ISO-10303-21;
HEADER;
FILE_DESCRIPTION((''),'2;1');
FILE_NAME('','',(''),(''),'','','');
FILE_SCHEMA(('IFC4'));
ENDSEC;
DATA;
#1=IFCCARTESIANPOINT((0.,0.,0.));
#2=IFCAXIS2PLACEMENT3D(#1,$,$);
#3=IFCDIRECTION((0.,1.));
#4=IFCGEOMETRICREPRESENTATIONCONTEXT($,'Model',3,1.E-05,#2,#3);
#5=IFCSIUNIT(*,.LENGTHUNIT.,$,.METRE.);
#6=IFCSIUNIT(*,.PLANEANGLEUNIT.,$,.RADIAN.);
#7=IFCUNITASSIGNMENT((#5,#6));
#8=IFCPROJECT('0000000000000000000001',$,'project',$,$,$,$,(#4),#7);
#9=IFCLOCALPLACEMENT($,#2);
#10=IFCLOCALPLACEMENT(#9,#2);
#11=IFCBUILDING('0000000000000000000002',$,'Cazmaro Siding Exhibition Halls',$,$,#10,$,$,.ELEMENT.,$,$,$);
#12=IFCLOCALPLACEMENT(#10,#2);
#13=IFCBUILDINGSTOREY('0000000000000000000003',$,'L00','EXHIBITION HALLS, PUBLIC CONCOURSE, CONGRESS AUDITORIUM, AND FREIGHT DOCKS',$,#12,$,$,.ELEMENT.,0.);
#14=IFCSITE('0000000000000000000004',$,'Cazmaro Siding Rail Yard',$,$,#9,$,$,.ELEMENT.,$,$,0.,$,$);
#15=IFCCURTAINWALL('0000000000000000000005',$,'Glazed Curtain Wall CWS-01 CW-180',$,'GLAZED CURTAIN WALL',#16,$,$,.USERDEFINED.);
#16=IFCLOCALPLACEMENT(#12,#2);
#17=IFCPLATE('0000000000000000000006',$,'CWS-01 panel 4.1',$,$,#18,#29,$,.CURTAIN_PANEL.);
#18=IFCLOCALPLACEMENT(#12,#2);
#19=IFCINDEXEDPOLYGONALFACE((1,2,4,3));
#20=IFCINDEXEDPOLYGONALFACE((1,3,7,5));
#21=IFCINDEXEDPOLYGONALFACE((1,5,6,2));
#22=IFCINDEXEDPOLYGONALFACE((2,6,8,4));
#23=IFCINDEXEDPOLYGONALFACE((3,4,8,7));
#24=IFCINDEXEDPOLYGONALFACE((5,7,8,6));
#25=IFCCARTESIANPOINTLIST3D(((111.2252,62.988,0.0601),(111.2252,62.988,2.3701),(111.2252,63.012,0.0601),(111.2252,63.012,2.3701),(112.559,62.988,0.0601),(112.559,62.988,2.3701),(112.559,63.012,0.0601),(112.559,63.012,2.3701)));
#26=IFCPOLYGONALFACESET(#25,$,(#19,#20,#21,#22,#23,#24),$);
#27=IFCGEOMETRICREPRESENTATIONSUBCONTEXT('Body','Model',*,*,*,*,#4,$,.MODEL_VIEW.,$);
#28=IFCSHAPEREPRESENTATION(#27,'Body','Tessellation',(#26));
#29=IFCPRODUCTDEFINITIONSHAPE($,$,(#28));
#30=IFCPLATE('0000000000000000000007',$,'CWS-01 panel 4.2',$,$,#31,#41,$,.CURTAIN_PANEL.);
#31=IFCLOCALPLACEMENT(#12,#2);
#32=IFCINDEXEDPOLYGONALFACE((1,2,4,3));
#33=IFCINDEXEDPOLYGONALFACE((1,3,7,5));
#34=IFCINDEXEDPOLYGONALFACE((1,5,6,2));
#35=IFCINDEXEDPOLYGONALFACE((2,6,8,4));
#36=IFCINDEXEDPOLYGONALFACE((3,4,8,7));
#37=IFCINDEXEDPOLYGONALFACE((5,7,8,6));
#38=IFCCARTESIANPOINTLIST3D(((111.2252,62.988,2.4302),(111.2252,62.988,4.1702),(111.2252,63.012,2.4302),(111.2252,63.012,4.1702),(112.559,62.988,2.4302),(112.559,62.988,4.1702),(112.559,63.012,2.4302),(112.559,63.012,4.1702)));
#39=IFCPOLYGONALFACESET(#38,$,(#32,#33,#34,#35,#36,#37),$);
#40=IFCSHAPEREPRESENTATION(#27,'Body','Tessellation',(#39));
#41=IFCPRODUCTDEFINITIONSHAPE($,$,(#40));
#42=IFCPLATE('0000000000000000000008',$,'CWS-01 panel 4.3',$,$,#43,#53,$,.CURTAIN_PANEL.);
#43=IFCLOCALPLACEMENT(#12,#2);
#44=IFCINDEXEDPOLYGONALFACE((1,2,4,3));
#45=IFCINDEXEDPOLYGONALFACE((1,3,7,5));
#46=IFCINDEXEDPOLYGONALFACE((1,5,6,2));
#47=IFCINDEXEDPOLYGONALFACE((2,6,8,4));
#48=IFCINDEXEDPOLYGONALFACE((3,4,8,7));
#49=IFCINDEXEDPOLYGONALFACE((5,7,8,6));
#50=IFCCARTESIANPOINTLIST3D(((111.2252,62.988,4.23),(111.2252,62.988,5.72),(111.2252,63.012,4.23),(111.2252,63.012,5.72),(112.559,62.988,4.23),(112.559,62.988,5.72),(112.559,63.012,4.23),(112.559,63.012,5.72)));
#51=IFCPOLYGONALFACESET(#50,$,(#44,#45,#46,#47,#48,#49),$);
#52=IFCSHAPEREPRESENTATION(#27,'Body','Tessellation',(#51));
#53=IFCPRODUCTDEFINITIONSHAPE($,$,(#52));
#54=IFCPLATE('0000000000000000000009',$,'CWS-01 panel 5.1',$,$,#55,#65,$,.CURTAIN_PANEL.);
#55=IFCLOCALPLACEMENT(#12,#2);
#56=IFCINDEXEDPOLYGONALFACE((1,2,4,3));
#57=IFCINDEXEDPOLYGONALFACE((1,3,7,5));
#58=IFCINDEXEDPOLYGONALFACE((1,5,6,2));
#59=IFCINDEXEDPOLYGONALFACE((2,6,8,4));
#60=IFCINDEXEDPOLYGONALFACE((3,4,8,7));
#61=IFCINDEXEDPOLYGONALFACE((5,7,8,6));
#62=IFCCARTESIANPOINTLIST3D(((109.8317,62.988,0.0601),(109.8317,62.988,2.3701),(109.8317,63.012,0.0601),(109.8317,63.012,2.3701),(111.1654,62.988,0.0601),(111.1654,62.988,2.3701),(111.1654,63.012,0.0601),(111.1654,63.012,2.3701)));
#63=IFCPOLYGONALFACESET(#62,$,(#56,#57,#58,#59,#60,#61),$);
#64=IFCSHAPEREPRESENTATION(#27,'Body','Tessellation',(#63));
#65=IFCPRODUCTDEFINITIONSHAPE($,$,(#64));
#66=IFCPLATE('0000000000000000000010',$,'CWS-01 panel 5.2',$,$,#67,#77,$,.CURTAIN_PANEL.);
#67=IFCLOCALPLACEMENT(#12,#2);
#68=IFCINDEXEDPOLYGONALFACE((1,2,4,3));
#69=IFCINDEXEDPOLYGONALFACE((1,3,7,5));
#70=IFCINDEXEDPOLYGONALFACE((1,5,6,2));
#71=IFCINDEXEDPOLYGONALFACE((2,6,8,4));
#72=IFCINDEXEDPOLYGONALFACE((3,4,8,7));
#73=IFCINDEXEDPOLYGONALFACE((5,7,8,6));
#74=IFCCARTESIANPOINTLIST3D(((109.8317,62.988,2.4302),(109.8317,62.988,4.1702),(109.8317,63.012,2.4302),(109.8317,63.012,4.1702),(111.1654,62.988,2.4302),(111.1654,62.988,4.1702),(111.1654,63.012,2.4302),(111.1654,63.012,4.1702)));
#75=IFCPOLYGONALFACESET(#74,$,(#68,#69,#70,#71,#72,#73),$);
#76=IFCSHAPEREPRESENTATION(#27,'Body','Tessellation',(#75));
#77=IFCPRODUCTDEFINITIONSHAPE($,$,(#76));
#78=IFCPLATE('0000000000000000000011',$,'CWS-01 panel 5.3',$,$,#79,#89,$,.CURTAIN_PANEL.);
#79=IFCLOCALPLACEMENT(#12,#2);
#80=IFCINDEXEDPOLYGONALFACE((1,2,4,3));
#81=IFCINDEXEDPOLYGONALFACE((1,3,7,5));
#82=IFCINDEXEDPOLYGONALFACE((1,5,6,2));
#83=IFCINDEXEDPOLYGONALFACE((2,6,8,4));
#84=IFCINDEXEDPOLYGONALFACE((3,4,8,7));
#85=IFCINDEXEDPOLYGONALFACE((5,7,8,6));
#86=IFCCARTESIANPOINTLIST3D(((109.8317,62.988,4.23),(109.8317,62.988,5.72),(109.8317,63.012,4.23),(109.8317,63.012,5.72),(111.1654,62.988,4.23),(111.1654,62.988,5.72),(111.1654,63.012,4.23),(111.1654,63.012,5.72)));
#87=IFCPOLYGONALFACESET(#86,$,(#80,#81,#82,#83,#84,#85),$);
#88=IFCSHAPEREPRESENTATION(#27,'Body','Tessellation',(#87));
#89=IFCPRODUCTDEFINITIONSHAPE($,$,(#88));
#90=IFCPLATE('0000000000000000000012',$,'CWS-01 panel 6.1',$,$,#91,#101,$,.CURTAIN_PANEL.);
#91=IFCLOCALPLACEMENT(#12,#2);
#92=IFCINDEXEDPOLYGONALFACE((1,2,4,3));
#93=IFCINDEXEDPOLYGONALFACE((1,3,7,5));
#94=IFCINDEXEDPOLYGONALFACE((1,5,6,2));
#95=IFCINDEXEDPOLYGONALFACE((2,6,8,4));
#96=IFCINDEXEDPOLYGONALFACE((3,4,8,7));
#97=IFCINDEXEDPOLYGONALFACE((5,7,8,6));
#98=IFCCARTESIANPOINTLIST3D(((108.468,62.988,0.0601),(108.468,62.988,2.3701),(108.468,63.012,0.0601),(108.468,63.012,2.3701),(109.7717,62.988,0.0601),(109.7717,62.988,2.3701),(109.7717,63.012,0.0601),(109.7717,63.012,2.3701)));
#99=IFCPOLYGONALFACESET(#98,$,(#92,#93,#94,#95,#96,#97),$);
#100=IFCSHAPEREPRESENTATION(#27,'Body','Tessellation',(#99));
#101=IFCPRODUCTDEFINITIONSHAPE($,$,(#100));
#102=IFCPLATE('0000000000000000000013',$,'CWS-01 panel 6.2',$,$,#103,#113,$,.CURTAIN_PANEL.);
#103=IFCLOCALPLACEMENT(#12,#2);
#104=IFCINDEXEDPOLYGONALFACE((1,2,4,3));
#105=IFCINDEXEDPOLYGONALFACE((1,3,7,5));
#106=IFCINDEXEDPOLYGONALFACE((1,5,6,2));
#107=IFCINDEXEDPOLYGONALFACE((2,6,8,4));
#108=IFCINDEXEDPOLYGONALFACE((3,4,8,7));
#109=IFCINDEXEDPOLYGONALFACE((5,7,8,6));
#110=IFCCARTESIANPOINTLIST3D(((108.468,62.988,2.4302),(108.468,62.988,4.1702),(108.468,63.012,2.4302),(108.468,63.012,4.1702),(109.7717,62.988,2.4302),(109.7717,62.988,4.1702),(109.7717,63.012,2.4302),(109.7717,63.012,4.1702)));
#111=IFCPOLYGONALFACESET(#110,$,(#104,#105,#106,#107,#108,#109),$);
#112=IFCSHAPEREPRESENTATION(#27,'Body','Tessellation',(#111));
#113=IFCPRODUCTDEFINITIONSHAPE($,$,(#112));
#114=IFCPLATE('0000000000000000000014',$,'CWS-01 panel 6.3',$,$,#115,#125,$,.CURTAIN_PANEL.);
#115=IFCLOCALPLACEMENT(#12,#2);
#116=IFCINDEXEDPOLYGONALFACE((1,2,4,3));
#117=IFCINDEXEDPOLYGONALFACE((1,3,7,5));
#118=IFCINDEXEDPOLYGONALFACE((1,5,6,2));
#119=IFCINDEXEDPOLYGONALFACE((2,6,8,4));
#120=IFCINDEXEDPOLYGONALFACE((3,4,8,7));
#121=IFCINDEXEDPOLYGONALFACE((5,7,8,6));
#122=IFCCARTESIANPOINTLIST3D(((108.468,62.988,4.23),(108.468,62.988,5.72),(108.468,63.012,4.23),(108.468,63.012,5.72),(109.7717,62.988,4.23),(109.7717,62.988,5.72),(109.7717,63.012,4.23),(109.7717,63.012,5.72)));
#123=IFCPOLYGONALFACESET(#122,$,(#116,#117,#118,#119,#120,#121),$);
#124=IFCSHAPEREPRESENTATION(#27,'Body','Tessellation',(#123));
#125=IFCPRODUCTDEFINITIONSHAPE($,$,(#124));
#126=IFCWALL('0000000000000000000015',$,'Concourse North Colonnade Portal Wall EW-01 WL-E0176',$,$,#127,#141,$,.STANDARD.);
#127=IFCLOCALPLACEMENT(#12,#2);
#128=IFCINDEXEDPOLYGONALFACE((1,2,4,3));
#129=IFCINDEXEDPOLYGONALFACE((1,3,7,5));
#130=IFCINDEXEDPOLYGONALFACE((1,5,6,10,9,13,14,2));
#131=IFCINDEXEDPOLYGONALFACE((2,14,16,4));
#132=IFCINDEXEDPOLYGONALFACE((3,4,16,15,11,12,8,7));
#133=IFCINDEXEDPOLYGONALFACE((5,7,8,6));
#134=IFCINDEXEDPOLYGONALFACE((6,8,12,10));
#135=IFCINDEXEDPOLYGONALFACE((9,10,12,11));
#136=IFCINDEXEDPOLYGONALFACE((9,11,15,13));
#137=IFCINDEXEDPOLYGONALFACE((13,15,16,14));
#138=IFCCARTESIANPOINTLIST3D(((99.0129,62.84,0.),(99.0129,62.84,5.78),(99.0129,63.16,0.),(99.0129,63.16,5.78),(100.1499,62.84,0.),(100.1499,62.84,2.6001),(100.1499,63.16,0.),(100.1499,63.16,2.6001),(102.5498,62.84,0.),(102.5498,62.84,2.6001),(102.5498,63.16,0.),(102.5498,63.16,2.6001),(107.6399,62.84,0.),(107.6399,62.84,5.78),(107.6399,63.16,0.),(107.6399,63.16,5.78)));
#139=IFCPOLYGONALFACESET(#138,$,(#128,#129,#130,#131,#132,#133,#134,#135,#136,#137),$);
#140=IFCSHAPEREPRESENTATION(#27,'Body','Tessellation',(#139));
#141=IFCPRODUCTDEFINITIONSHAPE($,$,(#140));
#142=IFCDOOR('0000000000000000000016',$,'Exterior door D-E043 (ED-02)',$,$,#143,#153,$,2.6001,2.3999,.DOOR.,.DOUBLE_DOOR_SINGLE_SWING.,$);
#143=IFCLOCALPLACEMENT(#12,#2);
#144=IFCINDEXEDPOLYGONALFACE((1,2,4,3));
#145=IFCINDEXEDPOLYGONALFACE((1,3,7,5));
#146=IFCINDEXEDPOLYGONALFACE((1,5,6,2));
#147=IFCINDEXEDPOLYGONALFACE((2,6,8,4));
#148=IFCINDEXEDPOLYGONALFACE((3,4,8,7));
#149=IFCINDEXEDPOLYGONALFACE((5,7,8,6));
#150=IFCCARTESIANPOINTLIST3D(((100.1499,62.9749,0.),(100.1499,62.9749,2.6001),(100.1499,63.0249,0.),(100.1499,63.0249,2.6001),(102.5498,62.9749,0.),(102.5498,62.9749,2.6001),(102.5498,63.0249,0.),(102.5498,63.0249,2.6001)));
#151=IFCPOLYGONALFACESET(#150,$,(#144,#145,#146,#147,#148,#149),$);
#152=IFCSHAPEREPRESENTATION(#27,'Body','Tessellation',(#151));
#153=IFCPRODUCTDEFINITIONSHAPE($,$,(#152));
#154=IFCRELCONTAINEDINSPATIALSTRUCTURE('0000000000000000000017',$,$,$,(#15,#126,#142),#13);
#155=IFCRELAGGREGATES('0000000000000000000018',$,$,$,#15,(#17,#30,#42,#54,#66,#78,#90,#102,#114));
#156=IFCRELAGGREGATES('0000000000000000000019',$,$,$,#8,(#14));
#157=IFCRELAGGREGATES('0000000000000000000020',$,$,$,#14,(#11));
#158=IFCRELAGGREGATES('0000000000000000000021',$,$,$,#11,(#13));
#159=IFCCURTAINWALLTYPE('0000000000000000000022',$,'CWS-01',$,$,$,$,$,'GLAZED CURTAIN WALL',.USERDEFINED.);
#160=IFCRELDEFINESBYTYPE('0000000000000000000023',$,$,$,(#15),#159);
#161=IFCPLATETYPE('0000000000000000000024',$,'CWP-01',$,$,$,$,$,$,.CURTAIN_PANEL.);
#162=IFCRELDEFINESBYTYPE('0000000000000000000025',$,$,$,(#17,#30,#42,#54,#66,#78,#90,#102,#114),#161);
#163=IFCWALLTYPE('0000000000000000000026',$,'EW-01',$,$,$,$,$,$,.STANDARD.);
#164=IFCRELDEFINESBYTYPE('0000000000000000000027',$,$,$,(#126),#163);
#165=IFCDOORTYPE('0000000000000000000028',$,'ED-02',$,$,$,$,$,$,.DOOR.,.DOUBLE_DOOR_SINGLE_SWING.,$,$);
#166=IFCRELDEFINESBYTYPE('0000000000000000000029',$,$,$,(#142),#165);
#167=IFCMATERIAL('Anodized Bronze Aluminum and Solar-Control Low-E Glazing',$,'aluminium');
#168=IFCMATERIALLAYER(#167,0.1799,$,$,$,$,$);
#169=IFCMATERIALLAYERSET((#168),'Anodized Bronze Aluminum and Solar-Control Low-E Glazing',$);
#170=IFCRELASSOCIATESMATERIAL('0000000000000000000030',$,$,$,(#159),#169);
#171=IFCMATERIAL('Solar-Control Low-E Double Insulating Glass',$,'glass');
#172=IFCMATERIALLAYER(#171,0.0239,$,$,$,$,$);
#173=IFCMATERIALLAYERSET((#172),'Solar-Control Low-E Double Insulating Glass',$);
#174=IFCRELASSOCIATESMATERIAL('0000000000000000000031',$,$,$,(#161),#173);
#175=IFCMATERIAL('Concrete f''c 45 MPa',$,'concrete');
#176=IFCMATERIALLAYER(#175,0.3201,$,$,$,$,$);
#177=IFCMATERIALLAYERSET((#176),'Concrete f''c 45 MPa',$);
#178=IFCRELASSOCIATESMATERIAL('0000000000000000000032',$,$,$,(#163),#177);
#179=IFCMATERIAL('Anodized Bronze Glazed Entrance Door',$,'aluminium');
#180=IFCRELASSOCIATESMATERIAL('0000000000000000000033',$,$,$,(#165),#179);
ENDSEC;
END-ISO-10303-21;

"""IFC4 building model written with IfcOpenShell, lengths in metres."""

from ifc_helpers import new_model, si_unit, direction, frame, frame_2d, origin, origin_2d, place, context, subcontext, project, spatial, rectangle, extrude, material, layer, layer_set, type_object, element, fill, aggregate, save


model = new_model("IFC4")

# Units and contexts
model_context = context("Model", 3, precision=1e-05, world=origin(), true_north=direction((0.0, 1.0)))
body_context = subcontext(model_context, "Body", "Model", "MODEL_VIEW")
ifc_project = project(units=[si_unit("LENGTHUNIT", "METRE"), si_unit("PLANEANGLEUNIT", "RADIAN")], contexts=[model_context])

# Site, building, storey
site_placement = place(None, origin())
site = spatial("IfcSite", under=ifc_project, at=site_placement, Name="Cazmaro Siding Rail Yard", CompositionType="ELEMENT", RefElevation=0.0)
building_placement = place(site_placement, origin())
building = spatial("IfcBuilding", under=site, at=building_placement, Name="Cazmaro Siding Exhibition Halls", CompositionType="ELEMENT")
storey_placement = place(building_placement, origin())
storey = spatial("IfcBuildingStorey", under=building, at=storey_placement, Name="L00", Description="EXHIBITION HALLS, PUBLIC CONCOURSE, CONGRESS AUDITORIUM, AND FREIGHT DOCKS", CompositionType="ELEMENT", Elevation=0.0)

# Curtain wall, plates
ifc_material_1 = material(Name="Anodized Bronze Aluminum and Solar-Control Low-E Glazing", Category="aluminium")
ifc_layer_1 = layer(ifc_material_1, 0.1799)
ifc_layer_set_1 = layer_set([ifc_layer_1], Name="Anodized Bronze Aluminum and Solar-Control Low-E Glazing")
curtain_wall_type = type_object("IfcCurtainWallType", Name="CWS-01", ElementType="GLAZED CURTAIN WALL", PredefinedType="USERDEFINED", material=ifc_layer_set_1)
curtain_wall_placement = place(storey_placement, origin())
curtain_wall = element("IfcCurtainWall", 1, at=curtain_wall_placement, inside=storey, type_object=curtain_wall_type, Name="Glazed Curtain Wall CWS-01 CW-180", ObjectType="GLAZED CURTAIN WALL", PredefinedType="USERDEFINED")
ifc_material_2 = material(Name="Solar-Control Low-E Double Insulating Glass", Category="glass")
ifc_layer_2 = layer(ifc_material_2, 0.0239)
ifc_layer_set_2 = layer_set([ifc_layer_2], Name="Solar-Control Low-E Double Insulating Glass")
plate_type = type_object("IfcPlateType", Name="CWP-01", PredefinedType="CURTAIN_PANEL", material=ifc_layer_set_2)
plate_1_placement = place(storey_placement, frame((111.8921, 63.0, 0.0601), z_axis=(0.0, 0.0, 1.0), x_axis=(-1.0, 0.0, 0.0)))
plate_1 = element("IfcPlate", 2, at=plate_1_placement, type_object=plate_type, Name="CWS-01 panel 4.1", PredefinedType="CURTAIN_PANEL", context=body_context, shape_type="SweptSolid", body=[
    extrude(rectangle(XDim=1.3337, YDim=0.0239, at=origin_2d()), origin(), (0.0, 0.0, 1.0), 2.3101),
])
plate_2_placement = place(storey_placement, frame((111.8921, 63.0, 2.4302), z_axis=(0.0, 0.0, 1.0), x_axis=(-1.0, 0.0, 0.0)))
plate_2 = element("IfcPlate", 3, at=plate_2_placement, type_object=plate_type, Name="CWS-01 panel 4.2", PredefinedType="CURTAIN_PANEL", context=body_context, shape_type="SweptSolid", body=[
    extrude(rectangle(XDim=1.3337, YDim=0.0239, at=origin_2d()), origin(), (0.0, 0.0, 1.0), 1.74),
])
plate_3_placement = place(storey_placement, frame((111.8921, 63.0, 4.23), z_axis=(0.0, 0.0, 1.0), x_axis=(-1.0, 0.0, 0.0)))
plate_3 = element("IfcPlate", 4, at=plate_3_placement, type_object=plate_type, Name="CWS-01 panel 4.3", PredefinedType="CURTAIN_PANEL", context=body_context, shape_type="SweptSolid", body=[
    extrude(rectangle(XDim=1.3337, YDim=0.0239, at=origin_2d()), origin(), (0.0, 0.0, 1.0), 1.49),
])
plate_4_placement = place(storey_placement, frame((110.4985, 63.0, 0.0601), z_axis=(0.0, 0.0, 1.0), x_axis=(-1.0, 0.0, 0.0)))
plate_4 = element("IfcPlate", 5, at=plate_4_placement, type_object=plate_type, Name="CWS-01 panel 5.1", PredefinedType="CURTAIN_PANEL", context=body_context, shape_type="SweptSolid", body=[
    extrude(rectangle(XDim=1.3337, YDim=0.0239, at=origin_2d()), origin(), (0.0, 0.0, 1.0), 2.3101),
])
plate_5_placement = place(storey_placement, frame((110.4985, 63.0, 2.4302), z_axis=(0.0, 0.0, 1.0), x_axis=(-1.0, 0.0, 0.0)))
plate_5 = element("IfcPlate", 6, at=plate_5_placement, type_object=plate_type, Name="CWS-01 panel 5.2", PredefinedType="CURTAIN_PANEL", context=body_context, shape_type="SweptSolid", body=[
    extrude(rectangle(XDim=1.3337, YDim=0.0239, at=origin_2d()), origin(), (0.0, 0.0, 1.0), 1.74),
])
plate_6_placement = place(storey_placement, frame((110.4985, 63.0, 4.23), z_axis=(0.0, 0.0, 1.0), x_axis=(-1.0, 0.0, 0.0)))
plate_6 = element("IfcPlate", 7, at=plate_6_placement, type_object=plate_type, Name="CWS-01 panel 5.3", PredefinedType="CURTAIN_PANEL", context=body_context, shape_type="SweptSolid", body=[
    extrude(rectangle(XDim=1.3337, YDim=0.0239, at=origin_2d()), origin(), (0.0, 0.0, 1.0), 1.49),
])
plate_7_placement = place(storey_placement, frame((109.1199, 63.0, 0.0601), z_axis=(0.0, 0.0, 1.0), x_axis=(-1.0, 0.0, 0.0)))
plate_7 = element("IfcPlate", 8, at=plate_7_placement, type_object=plate_type, Name="CWS-01 panel 6.1", PredefinedType="CURTAIN_PANEL", context=body_context, shape_type="SweptSolid", body=[
    extrude(rectangle(XDim=1.3037, YDim=0.0239, at=origin_2d()), origin(), (0.0, 0.0, 1.0), 2.3101),
])
plate_8_placement = place(storey_placement, frame((109.1199, 63.0, 2.4302), z_axis=(0.0, 0.0, 1.0), x_axis=(-1.0, 0.0, 0.0)))
plate_8 = element("IfcPlate", 9, at=plate_8_placement, type_object=plate_type, Name="CWS-01 panel 6.2", PredefinedType="CURTAIN_PANEL", context=body_context, shape_type="SweptSolid", body=[
    extrude(rectangle(XDim=1.3037, YDim=0.0239, at=origin_2d()), origin(), (0.0, 0.0, 1.0), 1.74),
])
plate_9_placement = place(storey_placement, frame((109.1199, 63.0, 4.23), z_axis=(0.0, 0.0, 1.0), x_axis=(-1.0, 0.0, 0.0)))
plate_9 = element("IfcPlate", 10, at=plate_9_placement, type_object=plate_type, Name="CWS-01 panel 6.3", PredefinedType="CURTAIN_PANEL", context=body_context, shape_type="SweptSolid", body=[
    extrude(rectangle(XDim=1.3037, YDim=0.0239, at=origin_2d()), origin(), (0.0, 0.0, 1.0), 1.49),
])
aggregate(curtain_wall, [plate_1, plate_2, plate_3, plate_4, plate_5, plate_6, plate_7, plate_8, plate_9])

# Wall, opening, door
ifc_material_3 = material(Name="Concrete f'c 45 MPa", Category="concrete")
ifc_layer_3 = layer(ifc_material_3, 0.3201)
ifc_layer_set_3 = layer_set([ifc_layer_3], Name="Concrete f'c 45 MPa")
wall_type = type_object("IfcWallType", Name="EW-01", PredefinedType="STANDARD", material=ifc_layer_set_3)
wall_placement = place(storey_placement, frame((99.0129, 63.0, 0.0), z_axis=(0.0, 0.0, 1.0), x_axis=(1.0, 0.0, 0.0)))
wall = element("IfcWall", 11, at=wall_placement, inside=storey, type_object=wall_type, Name="Concourse North Colonnade Portal Wall EW-01 WL-E0176", PredefinedType="STANDARD", context=body_context, shape_type="SweptSolid", body=[
    extrude(rectangle(XDim=8.627, YDim=0.3201, at=frame_2d((4.3135, 0.0))), origin(), (0.0, 0.0, 1.0), 5.78),
])
opening_placement = place(wall_placement, frame((1.137, 0.0, 0.0)))
opening = element("IfcOpeningElement", 12, at=opening_placement, cuts=wall, PredefinedType="OPENING", context=body_context, shape_type="SweptSolid", body=[
    extrude(rectangle(XDim=2.3999, YDim=2.6001, at=frame_2d((1.2, 1.3))), frame((0.0, 0.1699, 0.0), z_axis=(0.0, -1.0, 0.0), x_axis=(1.0, 0.0, 0.0)), (0.0, 0.0, 1.0), 0.3401),
])
ifc_material_4 = material(Name="Anodized Bronze Glazed Entrance Door", Category="aluminium")
door_type = type_object("IfcDoorType", Name="ED-02", OperationType="DOUBLE_DOOR_SINGLE_SWING", PredefinedType="DOOR", material=ifc_material_4)
door_placement = place(opening_placement, origin())
door = element("IfcDoor", 13, at=door_placement, inside=storey, type_object=door_type, Name="Exterior door D-E043 (ED-02)", OperationType="DOUBLE_DOOR_SINGLE_SWING", OverallHeight=2.6001, OverallWidth=2.3999, PredefinedType="DOOR", context=body_context, shape_type="SweptSolid", body=[
    extrude(rectangle(XDim=2.3999, YDim=2.6001, at=frame_2d((1.2, 1.3))), frame((0.0, 0.0249, 0.0), z_axis=(0.0, -1.0, 0.0), x_axis=(1.0, 0.0, 0.0)), (0.0, 0.0, 1.0), 0.05),
])
fill(opening, door)

save(model, "model.ifc")
